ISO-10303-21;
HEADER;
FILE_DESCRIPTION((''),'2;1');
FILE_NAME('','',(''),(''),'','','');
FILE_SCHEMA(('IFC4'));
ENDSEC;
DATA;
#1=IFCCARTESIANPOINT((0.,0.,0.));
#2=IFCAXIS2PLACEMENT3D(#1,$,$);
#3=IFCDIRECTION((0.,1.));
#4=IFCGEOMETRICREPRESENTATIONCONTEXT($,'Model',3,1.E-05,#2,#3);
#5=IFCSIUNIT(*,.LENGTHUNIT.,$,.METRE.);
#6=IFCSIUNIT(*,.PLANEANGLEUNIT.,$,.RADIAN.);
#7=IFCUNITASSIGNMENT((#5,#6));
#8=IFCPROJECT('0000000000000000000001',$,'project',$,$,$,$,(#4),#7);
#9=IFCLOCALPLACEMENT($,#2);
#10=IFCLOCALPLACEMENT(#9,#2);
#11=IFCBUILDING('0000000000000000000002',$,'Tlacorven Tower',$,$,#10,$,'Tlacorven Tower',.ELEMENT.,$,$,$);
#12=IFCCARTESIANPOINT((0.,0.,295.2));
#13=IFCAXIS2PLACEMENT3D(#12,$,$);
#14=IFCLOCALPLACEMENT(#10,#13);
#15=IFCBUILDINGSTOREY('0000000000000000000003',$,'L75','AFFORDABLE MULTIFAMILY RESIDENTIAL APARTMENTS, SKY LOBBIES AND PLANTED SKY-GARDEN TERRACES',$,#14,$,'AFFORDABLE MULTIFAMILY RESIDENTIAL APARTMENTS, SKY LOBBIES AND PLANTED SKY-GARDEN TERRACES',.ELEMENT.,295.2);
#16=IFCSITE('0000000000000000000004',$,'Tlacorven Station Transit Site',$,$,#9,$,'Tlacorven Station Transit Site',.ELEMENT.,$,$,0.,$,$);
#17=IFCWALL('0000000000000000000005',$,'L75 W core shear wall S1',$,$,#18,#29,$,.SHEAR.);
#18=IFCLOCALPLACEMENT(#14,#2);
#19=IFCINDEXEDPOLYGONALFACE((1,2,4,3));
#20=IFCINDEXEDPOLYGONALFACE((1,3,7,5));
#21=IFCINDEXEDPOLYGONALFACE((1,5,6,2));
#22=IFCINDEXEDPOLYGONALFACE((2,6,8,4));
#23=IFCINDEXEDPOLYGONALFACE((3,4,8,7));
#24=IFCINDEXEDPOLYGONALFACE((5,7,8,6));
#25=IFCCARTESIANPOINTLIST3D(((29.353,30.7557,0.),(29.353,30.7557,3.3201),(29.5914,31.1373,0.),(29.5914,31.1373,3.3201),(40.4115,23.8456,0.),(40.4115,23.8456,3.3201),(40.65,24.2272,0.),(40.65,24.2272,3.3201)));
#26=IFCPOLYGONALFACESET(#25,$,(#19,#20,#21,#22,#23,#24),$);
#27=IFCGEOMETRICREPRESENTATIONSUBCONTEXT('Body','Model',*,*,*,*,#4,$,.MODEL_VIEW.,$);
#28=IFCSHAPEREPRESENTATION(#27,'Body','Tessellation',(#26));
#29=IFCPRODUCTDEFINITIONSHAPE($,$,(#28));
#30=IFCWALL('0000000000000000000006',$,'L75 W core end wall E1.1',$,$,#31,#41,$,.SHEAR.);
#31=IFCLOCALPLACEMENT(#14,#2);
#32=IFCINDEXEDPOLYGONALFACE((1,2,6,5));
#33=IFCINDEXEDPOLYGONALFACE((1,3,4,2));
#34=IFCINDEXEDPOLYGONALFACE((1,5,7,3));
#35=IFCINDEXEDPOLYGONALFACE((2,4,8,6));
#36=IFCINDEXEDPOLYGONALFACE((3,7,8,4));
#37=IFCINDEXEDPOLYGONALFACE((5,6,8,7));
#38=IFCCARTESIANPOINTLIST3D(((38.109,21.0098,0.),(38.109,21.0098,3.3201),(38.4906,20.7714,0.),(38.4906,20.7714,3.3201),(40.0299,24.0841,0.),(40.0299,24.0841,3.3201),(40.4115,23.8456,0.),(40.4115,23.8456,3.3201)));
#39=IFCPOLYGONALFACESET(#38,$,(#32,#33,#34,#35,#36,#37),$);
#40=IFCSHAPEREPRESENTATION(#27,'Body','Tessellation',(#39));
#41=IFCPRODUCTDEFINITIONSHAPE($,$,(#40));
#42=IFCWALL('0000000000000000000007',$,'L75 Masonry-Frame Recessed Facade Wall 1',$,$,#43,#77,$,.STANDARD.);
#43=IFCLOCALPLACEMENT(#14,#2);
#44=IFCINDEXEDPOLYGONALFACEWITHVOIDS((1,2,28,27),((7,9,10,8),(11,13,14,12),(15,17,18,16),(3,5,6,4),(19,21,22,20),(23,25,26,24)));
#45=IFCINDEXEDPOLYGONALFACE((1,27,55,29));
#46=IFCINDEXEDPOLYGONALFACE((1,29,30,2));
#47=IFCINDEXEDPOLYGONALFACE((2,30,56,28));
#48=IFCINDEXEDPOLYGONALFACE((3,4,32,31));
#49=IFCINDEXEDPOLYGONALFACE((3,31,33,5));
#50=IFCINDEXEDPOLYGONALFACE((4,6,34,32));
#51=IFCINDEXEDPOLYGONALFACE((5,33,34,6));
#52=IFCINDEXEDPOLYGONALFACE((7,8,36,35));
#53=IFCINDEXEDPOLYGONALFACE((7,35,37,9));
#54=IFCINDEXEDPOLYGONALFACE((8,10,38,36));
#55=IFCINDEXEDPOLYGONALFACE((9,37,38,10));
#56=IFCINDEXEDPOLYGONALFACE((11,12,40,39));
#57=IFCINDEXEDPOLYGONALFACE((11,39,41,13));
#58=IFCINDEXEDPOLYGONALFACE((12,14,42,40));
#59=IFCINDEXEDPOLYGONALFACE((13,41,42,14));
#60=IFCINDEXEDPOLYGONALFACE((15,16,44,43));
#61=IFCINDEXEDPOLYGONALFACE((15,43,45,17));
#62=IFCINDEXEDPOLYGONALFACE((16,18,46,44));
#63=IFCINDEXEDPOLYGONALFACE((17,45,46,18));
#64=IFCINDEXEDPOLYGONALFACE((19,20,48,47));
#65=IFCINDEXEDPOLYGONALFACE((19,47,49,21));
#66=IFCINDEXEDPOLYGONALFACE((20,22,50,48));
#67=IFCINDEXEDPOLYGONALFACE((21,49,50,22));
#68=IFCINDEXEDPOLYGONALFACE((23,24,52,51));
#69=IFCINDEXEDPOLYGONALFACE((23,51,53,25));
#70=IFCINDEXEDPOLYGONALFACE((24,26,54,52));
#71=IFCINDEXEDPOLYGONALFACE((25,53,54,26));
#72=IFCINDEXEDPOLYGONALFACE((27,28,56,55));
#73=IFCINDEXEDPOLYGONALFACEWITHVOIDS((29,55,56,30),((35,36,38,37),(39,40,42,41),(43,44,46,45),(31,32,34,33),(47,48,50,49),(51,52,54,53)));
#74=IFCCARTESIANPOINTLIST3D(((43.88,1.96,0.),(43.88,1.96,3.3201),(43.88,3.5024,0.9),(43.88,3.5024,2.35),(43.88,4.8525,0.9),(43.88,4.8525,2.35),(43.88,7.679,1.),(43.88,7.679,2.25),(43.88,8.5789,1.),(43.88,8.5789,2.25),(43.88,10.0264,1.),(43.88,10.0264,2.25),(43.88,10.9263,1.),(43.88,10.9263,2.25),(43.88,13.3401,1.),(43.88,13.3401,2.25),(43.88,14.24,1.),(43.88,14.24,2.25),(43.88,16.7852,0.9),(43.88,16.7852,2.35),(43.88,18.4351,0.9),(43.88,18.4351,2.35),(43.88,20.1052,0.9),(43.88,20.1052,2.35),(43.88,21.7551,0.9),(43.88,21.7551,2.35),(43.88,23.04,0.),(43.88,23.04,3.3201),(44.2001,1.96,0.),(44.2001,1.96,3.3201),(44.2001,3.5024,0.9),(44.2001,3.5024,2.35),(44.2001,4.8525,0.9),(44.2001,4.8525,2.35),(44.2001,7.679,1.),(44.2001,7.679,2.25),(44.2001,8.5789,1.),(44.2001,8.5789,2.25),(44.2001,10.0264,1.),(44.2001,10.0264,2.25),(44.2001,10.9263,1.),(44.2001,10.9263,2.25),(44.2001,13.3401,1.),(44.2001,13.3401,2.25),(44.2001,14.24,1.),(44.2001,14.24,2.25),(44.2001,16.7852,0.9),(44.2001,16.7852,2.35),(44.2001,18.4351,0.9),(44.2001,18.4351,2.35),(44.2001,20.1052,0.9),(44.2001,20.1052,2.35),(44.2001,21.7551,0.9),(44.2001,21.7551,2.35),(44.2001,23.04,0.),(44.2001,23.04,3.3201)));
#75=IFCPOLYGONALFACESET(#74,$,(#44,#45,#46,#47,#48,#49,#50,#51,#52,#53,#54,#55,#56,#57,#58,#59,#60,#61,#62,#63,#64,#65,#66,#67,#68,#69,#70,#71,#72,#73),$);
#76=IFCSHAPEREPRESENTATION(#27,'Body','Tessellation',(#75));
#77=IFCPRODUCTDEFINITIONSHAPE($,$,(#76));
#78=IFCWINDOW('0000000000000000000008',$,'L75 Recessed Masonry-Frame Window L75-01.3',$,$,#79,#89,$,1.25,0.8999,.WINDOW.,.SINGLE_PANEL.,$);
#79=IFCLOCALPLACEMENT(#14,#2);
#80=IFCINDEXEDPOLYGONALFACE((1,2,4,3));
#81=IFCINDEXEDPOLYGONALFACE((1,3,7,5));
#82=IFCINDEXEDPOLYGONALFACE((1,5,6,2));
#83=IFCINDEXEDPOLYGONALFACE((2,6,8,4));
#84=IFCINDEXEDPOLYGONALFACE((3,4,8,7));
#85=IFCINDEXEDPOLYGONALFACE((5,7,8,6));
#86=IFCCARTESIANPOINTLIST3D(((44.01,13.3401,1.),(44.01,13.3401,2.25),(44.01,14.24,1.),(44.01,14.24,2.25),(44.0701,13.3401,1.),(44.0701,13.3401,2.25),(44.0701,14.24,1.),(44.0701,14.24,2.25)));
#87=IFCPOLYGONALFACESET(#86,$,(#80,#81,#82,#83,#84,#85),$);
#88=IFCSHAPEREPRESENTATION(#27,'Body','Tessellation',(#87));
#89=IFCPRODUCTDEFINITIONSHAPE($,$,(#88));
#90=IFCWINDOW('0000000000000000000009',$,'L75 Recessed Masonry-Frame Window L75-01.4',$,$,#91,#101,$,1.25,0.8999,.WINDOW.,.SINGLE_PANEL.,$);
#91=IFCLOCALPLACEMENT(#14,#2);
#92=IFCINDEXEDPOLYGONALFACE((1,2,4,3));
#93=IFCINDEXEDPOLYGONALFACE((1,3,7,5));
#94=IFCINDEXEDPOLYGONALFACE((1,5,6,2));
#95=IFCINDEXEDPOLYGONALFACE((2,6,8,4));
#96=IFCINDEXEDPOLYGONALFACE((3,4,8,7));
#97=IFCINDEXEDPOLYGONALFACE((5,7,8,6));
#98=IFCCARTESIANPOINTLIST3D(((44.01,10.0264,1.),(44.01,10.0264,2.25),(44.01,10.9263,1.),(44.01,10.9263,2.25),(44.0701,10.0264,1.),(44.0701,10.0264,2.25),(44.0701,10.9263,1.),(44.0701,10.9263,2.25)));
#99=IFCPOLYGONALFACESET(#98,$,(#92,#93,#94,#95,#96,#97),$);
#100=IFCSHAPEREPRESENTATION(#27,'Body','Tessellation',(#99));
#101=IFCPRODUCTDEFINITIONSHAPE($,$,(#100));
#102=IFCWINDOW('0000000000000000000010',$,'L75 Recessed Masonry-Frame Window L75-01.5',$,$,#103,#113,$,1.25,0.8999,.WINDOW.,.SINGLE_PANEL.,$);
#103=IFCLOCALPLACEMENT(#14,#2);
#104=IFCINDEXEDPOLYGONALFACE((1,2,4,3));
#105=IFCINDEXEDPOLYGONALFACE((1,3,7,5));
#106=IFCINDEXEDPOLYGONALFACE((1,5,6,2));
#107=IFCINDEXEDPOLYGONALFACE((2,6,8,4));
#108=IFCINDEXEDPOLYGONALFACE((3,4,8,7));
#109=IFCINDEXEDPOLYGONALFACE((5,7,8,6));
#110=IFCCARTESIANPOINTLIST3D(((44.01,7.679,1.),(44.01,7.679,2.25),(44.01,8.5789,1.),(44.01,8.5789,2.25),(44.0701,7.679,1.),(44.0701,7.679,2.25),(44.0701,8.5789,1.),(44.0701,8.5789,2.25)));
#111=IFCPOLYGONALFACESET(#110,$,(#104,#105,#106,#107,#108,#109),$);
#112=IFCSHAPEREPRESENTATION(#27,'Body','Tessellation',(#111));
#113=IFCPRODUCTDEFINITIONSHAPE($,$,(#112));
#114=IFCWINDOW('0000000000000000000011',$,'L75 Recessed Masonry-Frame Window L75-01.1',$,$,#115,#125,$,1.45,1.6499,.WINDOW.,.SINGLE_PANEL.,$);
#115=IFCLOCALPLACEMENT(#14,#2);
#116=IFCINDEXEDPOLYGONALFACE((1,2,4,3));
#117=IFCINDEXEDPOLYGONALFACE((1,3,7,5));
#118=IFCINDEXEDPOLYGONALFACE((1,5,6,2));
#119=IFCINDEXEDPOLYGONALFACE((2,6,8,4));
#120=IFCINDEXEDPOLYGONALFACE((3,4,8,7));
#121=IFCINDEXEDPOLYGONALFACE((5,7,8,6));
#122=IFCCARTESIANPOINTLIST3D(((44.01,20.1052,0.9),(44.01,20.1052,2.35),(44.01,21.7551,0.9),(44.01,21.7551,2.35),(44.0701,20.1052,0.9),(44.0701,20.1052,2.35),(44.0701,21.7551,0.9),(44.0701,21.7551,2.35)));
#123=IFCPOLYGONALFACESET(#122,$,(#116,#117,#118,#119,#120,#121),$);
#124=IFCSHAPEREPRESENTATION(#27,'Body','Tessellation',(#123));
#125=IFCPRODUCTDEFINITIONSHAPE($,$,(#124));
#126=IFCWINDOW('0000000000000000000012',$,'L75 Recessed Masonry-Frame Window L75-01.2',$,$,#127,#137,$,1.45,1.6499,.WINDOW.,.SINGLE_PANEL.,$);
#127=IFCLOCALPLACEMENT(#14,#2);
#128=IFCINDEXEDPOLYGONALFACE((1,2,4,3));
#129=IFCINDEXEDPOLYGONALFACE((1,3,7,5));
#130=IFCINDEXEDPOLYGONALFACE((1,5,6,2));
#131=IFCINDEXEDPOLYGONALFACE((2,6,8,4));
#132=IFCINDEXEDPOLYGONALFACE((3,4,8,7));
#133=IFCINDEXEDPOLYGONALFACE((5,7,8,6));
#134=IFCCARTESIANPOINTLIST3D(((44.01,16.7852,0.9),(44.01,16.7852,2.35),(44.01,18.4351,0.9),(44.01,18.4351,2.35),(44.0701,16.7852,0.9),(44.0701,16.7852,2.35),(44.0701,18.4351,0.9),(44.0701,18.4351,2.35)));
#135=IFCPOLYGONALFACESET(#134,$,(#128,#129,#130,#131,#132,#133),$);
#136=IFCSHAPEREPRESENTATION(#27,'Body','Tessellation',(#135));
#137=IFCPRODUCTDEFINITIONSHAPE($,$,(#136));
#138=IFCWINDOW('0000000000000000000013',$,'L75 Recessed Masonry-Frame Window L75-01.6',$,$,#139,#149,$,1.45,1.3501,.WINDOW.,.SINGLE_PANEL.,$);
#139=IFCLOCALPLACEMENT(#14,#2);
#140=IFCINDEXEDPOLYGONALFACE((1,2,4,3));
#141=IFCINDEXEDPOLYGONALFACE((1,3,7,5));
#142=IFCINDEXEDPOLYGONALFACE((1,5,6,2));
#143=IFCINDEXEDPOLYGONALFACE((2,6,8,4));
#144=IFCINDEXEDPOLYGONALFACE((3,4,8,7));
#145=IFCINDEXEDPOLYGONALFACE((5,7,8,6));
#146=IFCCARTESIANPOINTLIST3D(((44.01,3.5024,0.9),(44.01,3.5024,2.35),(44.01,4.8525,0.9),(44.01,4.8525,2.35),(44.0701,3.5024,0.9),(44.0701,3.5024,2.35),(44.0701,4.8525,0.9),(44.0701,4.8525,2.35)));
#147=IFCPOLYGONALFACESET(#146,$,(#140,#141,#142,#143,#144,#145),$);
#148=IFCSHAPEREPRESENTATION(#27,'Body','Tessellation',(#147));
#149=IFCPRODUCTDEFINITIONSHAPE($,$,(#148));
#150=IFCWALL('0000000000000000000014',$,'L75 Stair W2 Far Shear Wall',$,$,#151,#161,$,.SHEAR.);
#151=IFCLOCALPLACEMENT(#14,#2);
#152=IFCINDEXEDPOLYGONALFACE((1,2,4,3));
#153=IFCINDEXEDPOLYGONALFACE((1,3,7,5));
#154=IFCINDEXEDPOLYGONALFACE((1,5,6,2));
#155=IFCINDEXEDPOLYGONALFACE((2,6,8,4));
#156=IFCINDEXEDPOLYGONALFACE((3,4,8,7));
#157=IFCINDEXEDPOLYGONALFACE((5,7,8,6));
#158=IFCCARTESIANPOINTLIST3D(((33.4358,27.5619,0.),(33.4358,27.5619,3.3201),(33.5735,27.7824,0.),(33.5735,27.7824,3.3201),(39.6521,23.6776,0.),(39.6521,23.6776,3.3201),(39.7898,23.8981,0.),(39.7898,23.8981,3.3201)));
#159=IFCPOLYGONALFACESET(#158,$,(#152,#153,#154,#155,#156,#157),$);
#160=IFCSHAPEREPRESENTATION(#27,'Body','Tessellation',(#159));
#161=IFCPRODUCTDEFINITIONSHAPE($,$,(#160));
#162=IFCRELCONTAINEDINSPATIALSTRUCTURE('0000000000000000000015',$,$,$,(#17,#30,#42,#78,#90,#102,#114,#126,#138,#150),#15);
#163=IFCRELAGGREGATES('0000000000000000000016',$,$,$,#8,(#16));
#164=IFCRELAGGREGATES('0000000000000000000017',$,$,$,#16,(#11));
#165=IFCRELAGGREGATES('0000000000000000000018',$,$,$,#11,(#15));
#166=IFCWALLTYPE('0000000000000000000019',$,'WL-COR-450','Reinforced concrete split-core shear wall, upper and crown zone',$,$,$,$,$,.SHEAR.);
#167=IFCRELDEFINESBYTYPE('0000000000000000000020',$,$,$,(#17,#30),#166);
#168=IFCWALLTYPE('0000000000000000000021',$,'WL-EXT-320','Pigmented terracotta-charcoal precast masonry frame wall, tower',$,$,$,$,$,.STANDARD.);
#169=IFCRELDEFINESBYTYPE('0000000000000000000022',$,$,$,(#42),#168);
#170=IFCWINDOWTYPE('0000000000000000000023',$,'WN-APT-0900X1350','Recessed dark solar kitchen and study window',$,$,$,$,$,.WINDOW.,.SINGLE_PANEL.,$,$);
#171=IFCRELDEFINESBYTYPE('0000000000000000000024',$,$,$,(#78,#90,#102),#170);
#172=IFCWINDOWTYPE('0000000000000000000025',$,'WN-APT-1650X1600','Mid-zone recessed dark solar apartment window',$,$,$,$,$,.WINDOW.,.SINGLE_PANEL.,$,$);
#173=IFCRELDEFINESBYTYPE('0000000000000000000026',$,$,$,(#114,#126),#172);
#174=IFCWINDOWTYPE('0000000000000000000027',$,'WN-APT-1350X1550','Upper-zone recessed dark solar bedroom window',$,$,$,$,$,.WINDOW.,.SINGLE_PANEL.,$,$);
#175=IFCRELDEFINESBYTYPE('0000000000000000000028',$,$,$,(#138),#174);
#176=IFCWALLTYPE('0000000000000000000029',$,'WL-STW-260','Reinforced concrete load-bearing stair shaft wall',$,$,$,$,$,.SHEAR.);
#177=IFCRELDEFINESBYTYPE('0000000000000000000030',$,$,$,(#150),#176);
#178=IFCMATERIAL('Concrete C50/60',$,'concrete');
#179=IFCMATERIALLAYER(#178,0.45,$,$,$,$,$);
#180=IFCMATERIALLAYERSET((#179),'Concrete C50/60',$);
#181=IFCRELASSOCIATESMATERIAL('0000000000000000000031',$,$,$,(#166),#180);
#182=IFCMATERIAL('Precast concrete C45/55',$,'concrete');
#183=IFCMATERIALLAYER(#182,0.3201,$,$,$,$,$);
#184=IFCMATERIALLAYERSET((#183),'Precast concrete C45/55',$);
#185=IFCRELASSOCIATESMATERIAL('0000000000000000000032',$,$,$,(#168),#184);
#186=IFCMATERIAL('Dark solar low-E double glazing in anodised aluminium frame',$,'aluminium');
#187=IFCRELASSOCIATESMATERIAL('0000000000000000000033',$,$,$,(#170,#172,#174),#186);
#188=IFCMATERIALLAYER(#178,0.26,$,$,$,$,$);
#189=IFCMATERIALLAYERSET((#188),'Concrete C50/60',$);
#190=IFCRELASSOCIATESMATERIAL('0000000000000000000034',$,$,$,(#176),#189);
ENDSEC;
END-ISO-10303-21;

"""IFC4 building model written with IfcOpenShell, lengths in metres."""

from ifc_helpers import new_model, si_unit, direction, frame, frame_2d, origin, place, context, subcontext, project, spatial, rectangle, extrude, source, transform, mapped, material, layer, layer_set, type_object, element, fill, save


model = new_model("IFC4")

# Units and contexts
model_context = context("Model", 3, precision=1e-05, world=origin(), true_north=direction((0.0, 1.0)))
body_context = subcontext(model_context, "Body", "Model", "MODEL_VIEW")
ifc_project = project(units=[si_unit("LENGTHUNIT", "METRE"), si_unit("PLANEANGLEUNIT", "RADIAN")], contexts=[model_context])

# Site, building, storey
site_placement = place(None, origin())
site = spatial("IfcSite", under=ifc_project, at=site_placement, Name="Tlacorven Station Transit Site", LongName="Tlacorven Station Transit Site", CompositionType="ELEMENT", RefElevation=0.0)
building_placement = place(site_placement, origin())
building = spatial("IfcBuilding", under=site, at=building_placement, Name="Tlacorven Tower", LongName="Tlacorven Tower", CompositionType="ELEMENT")
storey_placement = place(building_placement, frame((0.0, 0.0, 295.2)))
storey = spatial("IfcBuildingStorey", under=building, at=storey_placement, Name="L75", Description="AFFORDABLE MULTIFAMILY RESIDENTIAL APARTMENTS, SKY LOBBIES AND PLANTED SKY-GARDEN TERRACES", LongName="AFFORDABLE MULTIFAMILY RESIDENTIAL APARTMENTS, SKY LOBBIES AND PLANTED SKY-GARDEN TERRACES", CompositionType="ELEMENT", Elevation=295.2)

# Walls
ifc_material_1 = material(Name="Concrete C50/60", Category="concrete")
ifc_layer_1 = layer(ifc_material_1, 0.45)
ifc_layer_set_1 = layer_set([ifc_layer_1], Name="Concrete C50/60")
wall_type_1 = type_object("IfcWallType", Name="WL-COR-450", Description="Reinforced concrete split-core shear wall, upper and crown zone", PredefinedType="SHEAR", material=ifc_layer_set_1)
wall_1_placement = place(storey_placement, frame((40.5308, 24.0364, 0.0), z_axis=(0.0, 0.0, 1.0), x_axis=(-0.848049, 0.529918, 0.0)))
element("IfcWall", 1, at=wall_1_placement, inside=storey, type_object=wall_type_1, Name="L75 W core shear wall S1", PredefinedType="SHEAR", context=body_context, shape_type="SweptSolid", body=[
    extrude(rectangle(XDim=13.04, YDim=0.45, at=frame_2d((6.52, 0.0))), origin(), (0.0, 0.0, 1.0), 3.3201),
])
wall_2_placement = place(storey_placement, frame((40.2207, 23.9648, 0.0), z_axis=(0.0, 0.0, 1.0), x_axis=(-0.529902, -0.848059, 0.0)))
element("IfcWall", 2, at=wall_2_placement, inside=storey, type_object=wall_type_1, Name="L75 W core end wall E1.1", PredefinedType="SHEAR", context=body_context, shape_type="SweptSolid", body=[
    extrude(rectangle(XDim=3.625, YDim=0.45, at=frame_2d((1.8125, 0.0))), origin(), (0.0, 0.0, 1.0), 3.3201),
])

# Wall, openings, windows
ifc_material_2 = material(Name="Precast concrete C45/55", Category="concrete")
ifc_layer_2 = layer(ifc_material_2, 0.3201)
ifc_layer_set_2 = layer_set([ifc_layer_2], Name="Precast concrete C45/55")
wall_type_2 = type_object("IfcWallType", Name="WL-EXT-320", Description="Pigmented terracotta-charcoal precast masonry frame wall, tower", PredefinedType="STANDARD", material=ifc_layer_set_2)
wall_3_placement = place(storey_placement, frame((44.04, 23.04, 0.0), z_axis=(0.0, 0.0, 1.0), x_axis=(0.0, -1.0, 0.0)))
wall_3 = element("IfcWall", 3, at=wall_3_placement, inside=storey, type_object=wall_type_2, Name="L75 Masonry-Frame Recessed Facade Wall 1", PredefinedType="STANDARD", context=body_context, shape_type="SweptSolid", body=[
    extrude(rectangle(XDim=21.0801, YDim=0.3201, at=frame_2d((10.54, 0.0))), origin(), (0.0, 0.0, 1.0), 3.3201),
])
opening_1_placement = place(wall_3_placement, frame((1.2849, 0.0, 0.8999)))
opening_1 = element("IfcOpeningElement", 4, at=opening_1_placement, cuts=wall_3, PredefinedType="OPENING", context=body_context, shape_type="SweptSolid", body=[
    extrude(rectangle(XDim=1.6499, YDim=1.45, at=frame_2d((0.825, 0.7251))), frame((0.0, 0.1699, 0.0), z_axis=(0.0, -1.0, 0.0), x_axis=(1.0, 0.0, 0.0)), (0.0, 0.0, 1.0), 0.3401),
])
opening_2_placement = place(wall_3_placement, frame((4.605, 0.0, 0.8999)))
opening_2 = element("IfcOpeningElement", 5, at=opening_2_placement, cuts=wall_3, PredefinedType="OPENING", context=body_context, shape_type="SweptSolid", body=[
    extrude(rectangle(XDim=1.6499, YDim=1.45, at=frame_2d((0.825, 0.7251))), frame((0.0, 0.1699, 0.0), z_axis=(0.0, -1.0, 0.0), x_axis=(1.0, 0.0, 0.0)), (0.0, 0.0, 1.0), 0.3401),
])
opening_3_placement = place(wall_3_placement, frame((8.8, 0.0, 1.0)))
opening_3 = element("IfcOpeningElement", 6, at=opening_3_placement, cuts=wall_3, PredefinedType="OPENING", context=body_context, shape_type="SweptSolid", body=[
    extrude(rectangle(XDim=0.8999, YDim=1.25, at=frame_2d((0.45, 0.625))), frame((0.0, 0.1699, 0.0), z_axis=(0.0, -1.0, 0.0), x_axis=(1.0, 0.0, 0.0)), (0.0, 0.0, 1.0), 0.3401),
])
opening_4_placement = place(wall_3_placement, frame((12.1138, 0.0, 1.0)))
opening_4 = element("IfcOpeningElement", 7, at=opening_4_placement, cuts=wall_3, PredefinedType="OPENING", context=body_context, shape_type="SweptSolid", body=[
    extrude(rectangle(XDim=0.8999, YDim=1.25, at=frame_2d((0.45, 0.625))), frame((0.0, 0.1699, 0.0), z_axis=(0.0, -1.0, 0.0), x_axis=(1.0, 0.0, 0.0)), (0.0, 0.0, 1.0), 0.3401),
])
opening_5_placement = place(wall_3_placement, frame((14.4612, 0.0, 1.0)))
opening_5 = element("IfcOpeningElement", 8, at=opening_5_placement, cuts=wall_3, PredefinedType="OPENING", context=body_context, shape_type="SweptSolid", body=[
    extrude(rectangle(XDim=0.8999, YDim=1.25, at=frame_2d((0.45, 0.625))), frame((0.0, 0.1699, 0.0), z_axis=(0.0, -1.0, 0.0), x_axis=(1.0, 0.0, 0.0)), (0.0, 0.0, 1.0), 0.3401),
])
opening_6_placement = place(wall_3_placement, frame((18.1875, 0.0, 0.8999)))
opening_6 = element("IfcOpeningElement", 9, at=opening_6_placement, cuts=wall_3, PredefinedType="OPENING", context=body_context, shape_type="SweptSolid", body=[
    extrude(rectangle(XDim=1.3501, YDim=1.45, at=frame_2d((0.675, 0.7251))), frame((0.0, 0.1699, 0.0), z_axis=(0.0, -1.0, 0.0), x_axis=(1.0, 0.0, 0.0)), (0.0, 0.0, 1.0), 0.3401),
])
ifc_material_3 = material(Name="Dark solar low-E double glazing in anodised aluminium frame", Category="aluminium")
window_type_1 = type_object("IfcWindowType", Name="WN-APT-0900X1350", Description="Recessed dark solar kitchen and study window", PartitioningType="SINGLE_PANEL", PredefinedType="WINDOW", material=ifc_material_3)
shared_shape_1 = source(origin(), body_context, "Body", "SweptSolid", [
    extrude(rectangle(XDim=0.8999, YDim=1.25, at=frame_2d((0.45, 0.625))), frame((0.0, 0.03, 0.0), z_axis=(0.0, -1.0, 0.0), x_axis=(1.0, 0.0, 0.0)), (0.0, 0.0, 1.0), 0.0601),
])
window_1_placement = place(opening_3_placement, origin())
window_1 = element("IfcWindow", 10, at=window_1_placement, inside=storey, type_object=window_type_1, Name="L75 Recessed Masonry-Frame Window L75-01.3", OverallHeight=1.25, OverallWidth=0.8999, PartitioningType="SINGLE_PANEL", PredefinedType="WINDOW", context=body_context, shape_type="MappedRepresentation", body=[
    mapped(shared_shape_1, transform((0.0, 0.0, 0.0), scale=1.0)),
])
fill(opening_3, window_1)
window_2_placement = place(opening_4_placement, origin())
window_2 = element("IfcWindow", 11, at=window_2_placement, inside=storey, type_object=window_type_1, Name="L75 Recessed Masonry-Frame Window L75-01.4", OverallHeight=1.25, OverallWidth=0.8999, PartitioningType="SINGLE_PANEL", PredefinedType="WINDOW", context=body_context, shape_type="MappedRepresentation", body=[
    mapped(shared_shape_1, transform((0.0, 0.0, 0.0), scale=1.0)),
])
fill(opening_4, window_2)
window_3_placement = place(opening_5_placement, origin())
window_3 = element("IfcWindow", 12, at=window_3_placement, inside=storey, type_object=window_type_1, Name="L75 Recessed Masonry-Frame Window L75-01.5", OverallHeight=1.25, OverallWidth=0.8999, PartitioningType="SINGLE_PANEL", PredefinedType="WINDOW", context=body_context, shape_type="MappedRepresentation", body=[
    mapped(shared_shape_1, transform((0.0, 0.0, 0.0), scale=1.0)),
])
fill(opening_5, window_3)
window_type_2 = type_object("IfcWindowType", Name="WN-APT-1650X1600", Description="Mid-zone recessed dark solar apartment window", PartitioningType="SINGLE_PANEL", PredefinedType="WINDOW", material=ifc_material_3)
shared_shape_2 = source(origin(), body_context, "Body", "SweptSolid", [
    extrude(rectangle(XDim=1.6499, YDim=1.45, at=frame_2d((0.825, 0.7251))), frame((0.0, 0.03, 0.0), z_axis=(0.0, -1.0, 0.0), x_axis=(1.0, 0.0, 0.0)), (0.0, 0.0, 1.0), 0.0601),
])
window_4_placement = place(opening_1_placement, origin())
window_4 = element("IfcWindow", 13, at=window_4_placement, inside=storey, type_object=window_type_2, Name="L75 Recessed Masonry-Frame Window L75-01.1", OverallHeight=1.45, OverallWidth=1.6499, PartitioningType="SINGLE_PANEL", PredefinedType="WINDOW", context=body_context, shape_type="MappedRepresentation", body=[
    mapped(shared_shape_2, transform((0.0, 0.0, 0.0), scale=1.0)),
])
fill(opening_1, window_4)
window_5_placement = place(opening_2_placement, origin())
window_5 = element("IfcWindow", 14, at=window_5_placement, inside=storey, type_object=window_type_2, Name="L75 Recessed Masonry-Frame Window L75-01.2", OverallHeight=1.45, OverallWidth=1.6499, PartitioningType="SINGLE_PANEL", PredefinedType="WINDOW", context=body_context, shape_type="MappedRepresentation", body=[
    mapped(shared_shape_2, transform((0.0, 0.0, 0.0), scale=1.0)),
])
fill(opening_2, window_5)
window_type_3 = type_object("IfcWindowType", Name="WN-APT-1350X1550", Description="Upper-zone recessed dark solar bedroom window", PartitioningType="SINGLE_PANEL", PredefinedType="WINDOW", material=ifc_material_3)
shared_shape_3 = source(origin(), body_context, "Body", "SweptSolid", [
    extrude(rectangle(XDim=1.3501, YDim=1.45, at=frame_2d((0.675, 0.7251))), frame((0.0, 0.03, 0.0), z_axis=(0.0, -1.0, 0.0), x_axis=(1.0, 0.0, 0.0)), (0.0, 0.0, 1.0), 0.0601),
])
window_6_placement = place(opening_6_placement, origin())
window_6 = element("IfcWindow", 15, at=window_6_placement, inside=storey, type_object=window_type_3, Name="L75 Recessed Masonry-Frame Window L75-01.6", OverallHeight=1.45, OverallWidth=1.3501, PartitioningType="SINGLE_PANEL", PredefinedType="WINDOW", context=body_context, shape_type="MappedRepresentation", body=[
    mapped(shared_shape_3, transform((0.0, 0.0, 0.0), scale=1.0)),
])
fill(opening_6, window_6)

# Wall
ifc_layer_3 = layer(ifc_material_1, 0.26)
ifc_layer_set_3 = layer_set([ifc_layer_3], Name="Concrete C50/60")
wall_type_3 = type_object("IfcWallType", Name="WL-STW-260", Description="Reinforced concrete load-bearing stair shaft wall", PredefinedType="SHEAR", material=ifc_layer_set_3)
wall_4_placement = place(storey_placement, frame((39.7209, 23.7878, 0.0), z_axis=(0.0, 0.0, 1.0), x_axis=(-0.848054, 0.529909, 0.0)))
element("IfcWall", 16, at=wall_4_placement, inside=storey, type_object=wall_type_3, Name="L75 Stair W2 Far Shear Wall", PredefinedType="SHEAR", context=body_context, shape_type="SweptSolid", body=[
    extrude(rectangle(XDim=7.3301, YDim=0.26, at=frame_2d((3.665, 0.0))), origin(), (0.0, 0.0, 1.0), 3.3201),
])

save(model, "model.ifc")
